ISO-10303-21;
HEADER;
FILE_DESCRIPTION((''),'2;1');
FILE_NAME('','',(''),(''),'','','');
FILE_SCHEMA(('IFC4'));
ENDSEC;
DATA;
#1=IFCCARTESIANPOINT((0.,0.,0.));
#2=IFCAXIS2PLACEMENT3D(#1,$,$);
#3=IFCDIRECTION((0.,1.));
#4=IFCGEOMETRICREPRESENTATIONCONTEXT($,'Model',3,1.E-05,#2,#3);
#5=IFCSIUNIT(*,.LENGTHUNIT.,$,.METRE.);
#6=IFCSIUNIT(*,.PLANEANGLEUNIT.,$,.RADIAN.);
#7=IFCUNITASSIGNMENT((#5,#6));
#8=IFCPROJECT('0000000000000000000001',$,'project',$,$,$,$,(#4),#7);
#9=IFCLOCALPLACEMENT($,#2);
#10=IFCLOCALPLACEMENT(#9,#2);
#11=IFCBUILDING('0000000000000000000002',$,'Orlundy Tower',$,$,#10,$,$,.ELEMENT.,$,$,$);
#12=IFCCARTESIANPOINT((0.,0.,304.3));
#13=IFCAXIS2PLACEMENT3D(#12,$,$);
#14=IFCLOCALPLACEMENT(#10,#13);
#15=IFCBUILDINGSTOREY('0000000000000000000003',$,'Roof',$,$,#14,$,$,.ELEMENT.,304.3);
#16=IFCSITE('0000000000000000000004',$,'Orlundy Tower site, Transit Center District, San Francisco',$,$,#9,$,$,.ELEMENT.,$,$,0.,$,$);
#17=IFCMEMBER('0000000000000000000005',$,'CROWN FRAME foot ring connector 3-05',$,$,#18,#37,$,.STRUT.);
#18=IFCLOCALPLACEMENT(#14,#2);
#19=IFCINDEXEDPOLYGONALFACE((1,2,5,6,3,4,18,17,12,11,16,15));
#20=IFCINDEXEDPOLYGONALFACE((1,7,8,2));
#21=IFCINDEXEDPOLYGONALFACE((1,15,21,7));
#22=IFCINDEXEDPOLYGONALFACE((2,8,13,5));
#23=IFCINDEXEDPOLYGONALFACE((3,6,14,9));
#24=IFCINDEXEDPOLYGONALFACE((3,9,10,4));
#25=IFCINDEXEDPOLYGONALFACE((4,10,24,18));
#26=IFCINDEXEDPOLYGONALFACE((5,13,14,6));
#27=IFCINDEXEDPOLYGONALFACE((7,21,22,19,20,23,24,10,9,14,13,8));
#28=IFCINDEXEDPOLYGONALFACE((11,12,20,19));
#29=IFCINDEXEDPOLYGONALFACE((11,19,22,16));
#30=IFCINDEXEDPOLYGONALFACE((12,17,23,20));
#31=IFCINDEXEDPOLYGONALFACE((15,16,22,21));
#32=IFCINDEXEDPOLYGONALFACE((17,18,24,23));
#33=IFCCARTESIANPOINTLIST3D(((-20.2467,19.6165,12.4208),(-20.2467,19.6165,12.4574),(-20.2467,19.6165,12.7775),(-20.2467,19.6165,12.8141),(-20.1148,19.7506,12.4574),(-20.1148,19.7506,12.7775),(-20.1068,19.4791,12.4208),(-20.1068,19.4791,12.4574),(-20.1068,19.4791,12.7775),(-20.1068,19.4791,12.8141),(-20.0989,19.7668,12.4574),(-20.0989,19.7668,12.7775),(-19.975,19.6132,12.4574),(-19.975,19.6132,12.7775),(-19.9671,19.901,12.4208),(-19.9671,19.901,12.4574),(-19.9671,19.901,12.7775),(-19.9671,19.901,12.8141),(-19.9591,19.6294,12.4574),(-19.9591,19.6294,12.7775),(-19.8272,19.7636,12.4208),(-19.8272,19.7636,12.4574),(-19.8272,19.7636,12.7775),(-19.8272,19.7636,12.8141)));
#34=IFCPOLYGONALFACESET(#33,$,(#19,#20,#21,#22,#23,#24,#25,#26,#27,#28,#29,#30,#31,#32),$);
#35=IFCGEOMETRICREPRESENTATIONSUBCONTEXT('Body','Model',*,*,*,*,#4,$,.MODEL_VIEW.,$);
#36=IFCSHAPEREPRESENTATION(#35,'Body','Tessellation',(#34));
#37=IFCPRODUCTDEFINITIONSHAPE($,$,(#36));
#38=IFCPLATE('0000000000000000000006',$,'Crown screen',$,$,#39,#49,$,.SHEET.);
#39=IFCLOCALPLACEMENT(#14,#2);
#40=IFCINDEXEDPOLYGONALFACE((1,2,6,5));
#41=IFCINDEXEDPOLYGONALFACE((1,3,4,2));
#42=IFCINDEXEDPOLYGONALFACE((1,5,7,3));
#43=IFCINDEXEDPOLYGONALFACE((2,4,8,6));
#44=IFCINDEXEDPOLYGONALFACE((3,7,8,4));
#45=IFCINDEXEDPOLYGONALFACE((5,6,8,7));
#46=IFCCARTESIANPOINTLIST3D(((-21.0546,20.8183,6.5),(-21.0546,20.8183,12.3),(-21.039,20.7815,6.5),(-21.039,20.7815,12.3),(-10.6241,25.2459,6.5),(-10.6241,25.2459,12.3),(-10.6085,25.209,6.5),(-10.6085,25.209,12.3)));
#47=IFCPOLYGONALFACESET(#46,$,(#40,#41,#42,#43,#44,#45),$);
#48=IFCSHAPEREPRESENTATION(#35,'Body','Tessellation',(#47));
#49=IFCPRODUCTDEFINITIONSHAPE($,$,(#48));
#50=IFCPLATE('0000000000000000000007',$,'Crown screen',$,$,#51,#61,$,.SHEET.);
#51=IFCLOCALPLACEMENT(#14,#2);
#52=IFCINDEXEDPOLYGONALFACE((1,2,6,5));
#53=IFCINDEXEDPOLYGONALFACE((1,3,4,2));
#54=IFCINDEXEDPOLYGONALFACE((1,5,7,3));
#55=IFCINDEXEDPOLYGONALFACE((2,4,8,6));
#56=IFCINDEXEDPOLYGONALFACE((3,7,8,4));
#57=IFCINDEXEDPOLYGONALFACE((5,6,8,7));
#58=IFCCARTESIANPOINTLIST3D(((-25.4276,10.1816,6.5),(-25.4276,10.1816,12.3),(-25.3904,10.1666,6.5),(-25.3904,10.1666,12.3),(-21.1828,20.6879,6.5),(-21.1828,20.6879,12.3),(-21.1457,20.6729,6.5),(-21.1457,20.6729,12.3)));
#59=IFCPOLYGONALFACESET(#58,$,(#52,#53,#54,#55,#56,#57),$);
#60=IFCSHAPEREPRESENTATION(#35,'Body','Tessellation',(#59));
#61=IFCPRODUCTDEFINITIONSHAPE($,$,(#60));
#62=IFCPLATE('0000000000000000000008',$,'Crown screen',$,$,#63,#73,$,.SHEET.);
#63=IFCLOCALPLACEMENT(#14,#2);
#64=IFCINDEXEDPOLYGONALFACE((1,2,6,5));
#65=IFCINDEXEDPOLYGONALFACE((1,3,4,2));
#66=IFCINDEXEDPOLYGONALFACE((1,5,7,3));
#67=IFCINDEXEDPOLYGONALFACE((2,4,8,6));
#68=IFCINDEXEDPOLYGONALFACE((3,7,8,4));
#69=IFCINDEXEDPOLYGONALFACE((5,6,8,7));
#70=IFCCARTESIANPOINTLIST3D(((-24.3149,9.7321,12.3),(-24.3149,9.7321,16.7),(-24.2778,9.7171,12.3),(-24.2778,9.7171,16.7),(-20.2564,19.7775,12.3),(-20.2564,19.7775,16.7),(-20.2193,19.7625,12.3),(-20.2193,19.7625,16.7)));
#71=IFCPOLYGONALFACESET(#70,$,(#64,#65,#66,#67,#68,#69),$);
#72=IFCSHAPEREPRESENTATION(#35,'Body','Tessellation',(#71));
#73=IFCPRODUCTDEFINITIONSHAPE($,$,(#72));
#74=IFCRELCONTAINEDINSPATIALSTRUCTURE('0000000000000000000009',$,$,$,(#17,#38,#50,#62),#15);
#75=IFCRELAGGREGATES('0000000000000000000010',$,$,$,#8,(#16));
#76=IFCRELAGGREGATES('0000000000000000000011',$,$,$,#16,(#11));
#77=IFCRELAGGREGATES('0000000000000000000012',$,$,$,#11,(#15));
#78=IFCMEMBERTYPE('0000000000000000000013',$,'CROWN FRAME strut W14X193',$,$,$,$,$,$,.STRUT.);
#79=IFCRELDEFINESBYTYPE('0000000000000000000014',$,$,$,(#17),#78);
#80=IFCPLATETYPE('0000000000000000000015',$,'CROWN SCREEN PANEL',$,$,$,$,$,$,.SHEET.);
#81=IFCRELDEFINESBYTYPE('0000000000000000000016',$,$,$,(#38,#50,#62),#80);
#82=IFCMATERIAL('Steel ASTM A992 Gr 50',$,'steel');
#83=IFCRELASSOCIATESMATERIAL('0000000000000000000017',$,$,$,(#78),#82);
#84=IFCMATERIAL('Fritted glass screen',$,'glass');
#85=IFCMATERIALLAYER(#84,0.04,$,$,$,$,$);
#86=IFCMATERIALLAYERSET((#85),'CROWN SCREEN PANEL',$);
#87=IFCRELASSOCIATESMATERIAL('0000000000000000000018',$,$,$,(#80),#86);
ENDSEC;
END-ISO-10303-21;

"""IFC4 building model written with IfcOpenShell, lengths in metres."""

from ifc_helpers import new_model, si_unit, direction, frame, origin, origin_2d, place, context, subcontext, project, spatial, rectangle, i_section, extrude, material, layer, layer_set, material_profile, profile_set, type_object, element, save


model = new_model("IFC4")

# Units and contexts
model_context = context("Model", 3, precision=1e-05, world=origin(), true_north=direction((0.0, 1.0)))
body_context = subcontext(model_context, "Body", "Model", "MODEL_VIEW")
ifc_project = project(units=[si_unit("LENGTHUNIT", "METRE"), si_unit("PLANEANGLEUNIT", "RADIAN")], contexts=[model_context])

# Site, building, storey
site_placement = place(None, origin())
site = spatial("IfcSite", under=ifc_project, at=site_placement, Name="Orlundy Tower site, Transit Center District, San Francisco", CompositionType="ELEMENT", RefElevation=0.0)
building_placement = place(site_placement, origin())
building = spatial("IfcBuilding", under=site, at=building_placement, Name="Orlundy Tower", CompositionType="ELEMENT")
storey_placement = place(building_placement, frame((0.0, 0.0, 304.3)))
storey = spatial("IfcBuildingStorey", under=building, at=storey_placement, Name="Roof", CompositionType="ELEMENT", Elevation=304.3)

# Member
ifc_material_1 = material(Name="Steel ASTM A992 Gr 50", Category="steel")
ifc_material_profile_1 = material_profile(ifc_material_1, i_section(OverallWidth=0.3989, OverallDepth=0.3933, WebThickness=0.0227, FlangeThickness=0.0366, at=origin_2d()), Name="W14X193")
ifc_profile_set_1 = profile_set([ifc_material_profile_1], Name="Steel ASTM A992 Gr 50")
member_type_1 = type_object("IfcMemberType", Name="CROWN FRAME strut W14X193", PredefinedType="STRUT", material=ifc_profile_set_1)
member_1_placement = place(storey_placement, frame((-19.967, 19.6213, 12.6174), z_axis=(-0.713304, 0.700855, 0.0), x_axis=(-0.700855, -0.713304, 0.0)))
element("IfcMember", 1, at=member_1_placement, inside=storey, type_object=member_type_1, Name="CROWN FRAME foot ring connector 3-05", PredefinedType="STRUT", context=body_context, shape_type="SweptSolid", body=[
    extrude(i_section(OverallWidth=0.3989, OverallDepth=0.3933, WebThickness=0.0227, FlangeThickness=0.0366, at=origin_2d()), origin(), (0.0, 0.0, 1.0), 0.196),
])

# Plates
ifc_material_2 = material(Name="Fritted glass screen", Category="glass")
ifc_layer = layer(ifc_material_2, 0.04)
ifc_layer_set = layer_set([ifc_layer], Name="CROWN SCREEN PANEL")
plate_type = type_object("IfcPlateType", Name="CROWN SCREEN PANEL", PredefinedType="SHEET", material=ifc_layer_set)
for number, where, z_axis, x_axis, name in (
    (2, (-15.8315, 23.0137, 6.5), (0.0, 0.0, 1.0), (-0.920502, -0.390739, 0.0), "Crown screen"),
    (3, (-23.2866, 15.4272, 6.5), (0.0, 0.0, 1.0), (-0.374603, -0.927185, 0.0), "Crown screen"),
):
    element("IfcPlate", number, at=place(storey_placement, frame(where, z_axis=z_axis, x_axis=x_axis)), inside=storey, type_object=plate_type, Name=name, PredefinedType="SHEET", context=body_context, shape_type="SweptSolid", body=[
        extrude(rectangle(XDim=11.3313, YDim=0.04, at=origin_2d()), origin(), (0.0, 0.0, 1.0), 5.8),
    ])
plate_placement = place(storey_placement, frame((-22.2671, 14.7473, 12.3), z_axis=(0.0, 0.0, 1.0), x_axis=(-0.374596, -0.927188, 0.0)))
element("IfcPlate", 4, at=plate_placement, inside=storey, type_object=plate_type, Name="Crown screen", PredefinedType="SHEET", context=body_context, shape_type="SweptSolid", body=[
    extrude(rectangle(XDim=10.8342, YDim=0.04, at=origin_2d()), origin(), (0.0, 0.0, 1.0), 4.3999),
])

save(model, "model.ifc")
